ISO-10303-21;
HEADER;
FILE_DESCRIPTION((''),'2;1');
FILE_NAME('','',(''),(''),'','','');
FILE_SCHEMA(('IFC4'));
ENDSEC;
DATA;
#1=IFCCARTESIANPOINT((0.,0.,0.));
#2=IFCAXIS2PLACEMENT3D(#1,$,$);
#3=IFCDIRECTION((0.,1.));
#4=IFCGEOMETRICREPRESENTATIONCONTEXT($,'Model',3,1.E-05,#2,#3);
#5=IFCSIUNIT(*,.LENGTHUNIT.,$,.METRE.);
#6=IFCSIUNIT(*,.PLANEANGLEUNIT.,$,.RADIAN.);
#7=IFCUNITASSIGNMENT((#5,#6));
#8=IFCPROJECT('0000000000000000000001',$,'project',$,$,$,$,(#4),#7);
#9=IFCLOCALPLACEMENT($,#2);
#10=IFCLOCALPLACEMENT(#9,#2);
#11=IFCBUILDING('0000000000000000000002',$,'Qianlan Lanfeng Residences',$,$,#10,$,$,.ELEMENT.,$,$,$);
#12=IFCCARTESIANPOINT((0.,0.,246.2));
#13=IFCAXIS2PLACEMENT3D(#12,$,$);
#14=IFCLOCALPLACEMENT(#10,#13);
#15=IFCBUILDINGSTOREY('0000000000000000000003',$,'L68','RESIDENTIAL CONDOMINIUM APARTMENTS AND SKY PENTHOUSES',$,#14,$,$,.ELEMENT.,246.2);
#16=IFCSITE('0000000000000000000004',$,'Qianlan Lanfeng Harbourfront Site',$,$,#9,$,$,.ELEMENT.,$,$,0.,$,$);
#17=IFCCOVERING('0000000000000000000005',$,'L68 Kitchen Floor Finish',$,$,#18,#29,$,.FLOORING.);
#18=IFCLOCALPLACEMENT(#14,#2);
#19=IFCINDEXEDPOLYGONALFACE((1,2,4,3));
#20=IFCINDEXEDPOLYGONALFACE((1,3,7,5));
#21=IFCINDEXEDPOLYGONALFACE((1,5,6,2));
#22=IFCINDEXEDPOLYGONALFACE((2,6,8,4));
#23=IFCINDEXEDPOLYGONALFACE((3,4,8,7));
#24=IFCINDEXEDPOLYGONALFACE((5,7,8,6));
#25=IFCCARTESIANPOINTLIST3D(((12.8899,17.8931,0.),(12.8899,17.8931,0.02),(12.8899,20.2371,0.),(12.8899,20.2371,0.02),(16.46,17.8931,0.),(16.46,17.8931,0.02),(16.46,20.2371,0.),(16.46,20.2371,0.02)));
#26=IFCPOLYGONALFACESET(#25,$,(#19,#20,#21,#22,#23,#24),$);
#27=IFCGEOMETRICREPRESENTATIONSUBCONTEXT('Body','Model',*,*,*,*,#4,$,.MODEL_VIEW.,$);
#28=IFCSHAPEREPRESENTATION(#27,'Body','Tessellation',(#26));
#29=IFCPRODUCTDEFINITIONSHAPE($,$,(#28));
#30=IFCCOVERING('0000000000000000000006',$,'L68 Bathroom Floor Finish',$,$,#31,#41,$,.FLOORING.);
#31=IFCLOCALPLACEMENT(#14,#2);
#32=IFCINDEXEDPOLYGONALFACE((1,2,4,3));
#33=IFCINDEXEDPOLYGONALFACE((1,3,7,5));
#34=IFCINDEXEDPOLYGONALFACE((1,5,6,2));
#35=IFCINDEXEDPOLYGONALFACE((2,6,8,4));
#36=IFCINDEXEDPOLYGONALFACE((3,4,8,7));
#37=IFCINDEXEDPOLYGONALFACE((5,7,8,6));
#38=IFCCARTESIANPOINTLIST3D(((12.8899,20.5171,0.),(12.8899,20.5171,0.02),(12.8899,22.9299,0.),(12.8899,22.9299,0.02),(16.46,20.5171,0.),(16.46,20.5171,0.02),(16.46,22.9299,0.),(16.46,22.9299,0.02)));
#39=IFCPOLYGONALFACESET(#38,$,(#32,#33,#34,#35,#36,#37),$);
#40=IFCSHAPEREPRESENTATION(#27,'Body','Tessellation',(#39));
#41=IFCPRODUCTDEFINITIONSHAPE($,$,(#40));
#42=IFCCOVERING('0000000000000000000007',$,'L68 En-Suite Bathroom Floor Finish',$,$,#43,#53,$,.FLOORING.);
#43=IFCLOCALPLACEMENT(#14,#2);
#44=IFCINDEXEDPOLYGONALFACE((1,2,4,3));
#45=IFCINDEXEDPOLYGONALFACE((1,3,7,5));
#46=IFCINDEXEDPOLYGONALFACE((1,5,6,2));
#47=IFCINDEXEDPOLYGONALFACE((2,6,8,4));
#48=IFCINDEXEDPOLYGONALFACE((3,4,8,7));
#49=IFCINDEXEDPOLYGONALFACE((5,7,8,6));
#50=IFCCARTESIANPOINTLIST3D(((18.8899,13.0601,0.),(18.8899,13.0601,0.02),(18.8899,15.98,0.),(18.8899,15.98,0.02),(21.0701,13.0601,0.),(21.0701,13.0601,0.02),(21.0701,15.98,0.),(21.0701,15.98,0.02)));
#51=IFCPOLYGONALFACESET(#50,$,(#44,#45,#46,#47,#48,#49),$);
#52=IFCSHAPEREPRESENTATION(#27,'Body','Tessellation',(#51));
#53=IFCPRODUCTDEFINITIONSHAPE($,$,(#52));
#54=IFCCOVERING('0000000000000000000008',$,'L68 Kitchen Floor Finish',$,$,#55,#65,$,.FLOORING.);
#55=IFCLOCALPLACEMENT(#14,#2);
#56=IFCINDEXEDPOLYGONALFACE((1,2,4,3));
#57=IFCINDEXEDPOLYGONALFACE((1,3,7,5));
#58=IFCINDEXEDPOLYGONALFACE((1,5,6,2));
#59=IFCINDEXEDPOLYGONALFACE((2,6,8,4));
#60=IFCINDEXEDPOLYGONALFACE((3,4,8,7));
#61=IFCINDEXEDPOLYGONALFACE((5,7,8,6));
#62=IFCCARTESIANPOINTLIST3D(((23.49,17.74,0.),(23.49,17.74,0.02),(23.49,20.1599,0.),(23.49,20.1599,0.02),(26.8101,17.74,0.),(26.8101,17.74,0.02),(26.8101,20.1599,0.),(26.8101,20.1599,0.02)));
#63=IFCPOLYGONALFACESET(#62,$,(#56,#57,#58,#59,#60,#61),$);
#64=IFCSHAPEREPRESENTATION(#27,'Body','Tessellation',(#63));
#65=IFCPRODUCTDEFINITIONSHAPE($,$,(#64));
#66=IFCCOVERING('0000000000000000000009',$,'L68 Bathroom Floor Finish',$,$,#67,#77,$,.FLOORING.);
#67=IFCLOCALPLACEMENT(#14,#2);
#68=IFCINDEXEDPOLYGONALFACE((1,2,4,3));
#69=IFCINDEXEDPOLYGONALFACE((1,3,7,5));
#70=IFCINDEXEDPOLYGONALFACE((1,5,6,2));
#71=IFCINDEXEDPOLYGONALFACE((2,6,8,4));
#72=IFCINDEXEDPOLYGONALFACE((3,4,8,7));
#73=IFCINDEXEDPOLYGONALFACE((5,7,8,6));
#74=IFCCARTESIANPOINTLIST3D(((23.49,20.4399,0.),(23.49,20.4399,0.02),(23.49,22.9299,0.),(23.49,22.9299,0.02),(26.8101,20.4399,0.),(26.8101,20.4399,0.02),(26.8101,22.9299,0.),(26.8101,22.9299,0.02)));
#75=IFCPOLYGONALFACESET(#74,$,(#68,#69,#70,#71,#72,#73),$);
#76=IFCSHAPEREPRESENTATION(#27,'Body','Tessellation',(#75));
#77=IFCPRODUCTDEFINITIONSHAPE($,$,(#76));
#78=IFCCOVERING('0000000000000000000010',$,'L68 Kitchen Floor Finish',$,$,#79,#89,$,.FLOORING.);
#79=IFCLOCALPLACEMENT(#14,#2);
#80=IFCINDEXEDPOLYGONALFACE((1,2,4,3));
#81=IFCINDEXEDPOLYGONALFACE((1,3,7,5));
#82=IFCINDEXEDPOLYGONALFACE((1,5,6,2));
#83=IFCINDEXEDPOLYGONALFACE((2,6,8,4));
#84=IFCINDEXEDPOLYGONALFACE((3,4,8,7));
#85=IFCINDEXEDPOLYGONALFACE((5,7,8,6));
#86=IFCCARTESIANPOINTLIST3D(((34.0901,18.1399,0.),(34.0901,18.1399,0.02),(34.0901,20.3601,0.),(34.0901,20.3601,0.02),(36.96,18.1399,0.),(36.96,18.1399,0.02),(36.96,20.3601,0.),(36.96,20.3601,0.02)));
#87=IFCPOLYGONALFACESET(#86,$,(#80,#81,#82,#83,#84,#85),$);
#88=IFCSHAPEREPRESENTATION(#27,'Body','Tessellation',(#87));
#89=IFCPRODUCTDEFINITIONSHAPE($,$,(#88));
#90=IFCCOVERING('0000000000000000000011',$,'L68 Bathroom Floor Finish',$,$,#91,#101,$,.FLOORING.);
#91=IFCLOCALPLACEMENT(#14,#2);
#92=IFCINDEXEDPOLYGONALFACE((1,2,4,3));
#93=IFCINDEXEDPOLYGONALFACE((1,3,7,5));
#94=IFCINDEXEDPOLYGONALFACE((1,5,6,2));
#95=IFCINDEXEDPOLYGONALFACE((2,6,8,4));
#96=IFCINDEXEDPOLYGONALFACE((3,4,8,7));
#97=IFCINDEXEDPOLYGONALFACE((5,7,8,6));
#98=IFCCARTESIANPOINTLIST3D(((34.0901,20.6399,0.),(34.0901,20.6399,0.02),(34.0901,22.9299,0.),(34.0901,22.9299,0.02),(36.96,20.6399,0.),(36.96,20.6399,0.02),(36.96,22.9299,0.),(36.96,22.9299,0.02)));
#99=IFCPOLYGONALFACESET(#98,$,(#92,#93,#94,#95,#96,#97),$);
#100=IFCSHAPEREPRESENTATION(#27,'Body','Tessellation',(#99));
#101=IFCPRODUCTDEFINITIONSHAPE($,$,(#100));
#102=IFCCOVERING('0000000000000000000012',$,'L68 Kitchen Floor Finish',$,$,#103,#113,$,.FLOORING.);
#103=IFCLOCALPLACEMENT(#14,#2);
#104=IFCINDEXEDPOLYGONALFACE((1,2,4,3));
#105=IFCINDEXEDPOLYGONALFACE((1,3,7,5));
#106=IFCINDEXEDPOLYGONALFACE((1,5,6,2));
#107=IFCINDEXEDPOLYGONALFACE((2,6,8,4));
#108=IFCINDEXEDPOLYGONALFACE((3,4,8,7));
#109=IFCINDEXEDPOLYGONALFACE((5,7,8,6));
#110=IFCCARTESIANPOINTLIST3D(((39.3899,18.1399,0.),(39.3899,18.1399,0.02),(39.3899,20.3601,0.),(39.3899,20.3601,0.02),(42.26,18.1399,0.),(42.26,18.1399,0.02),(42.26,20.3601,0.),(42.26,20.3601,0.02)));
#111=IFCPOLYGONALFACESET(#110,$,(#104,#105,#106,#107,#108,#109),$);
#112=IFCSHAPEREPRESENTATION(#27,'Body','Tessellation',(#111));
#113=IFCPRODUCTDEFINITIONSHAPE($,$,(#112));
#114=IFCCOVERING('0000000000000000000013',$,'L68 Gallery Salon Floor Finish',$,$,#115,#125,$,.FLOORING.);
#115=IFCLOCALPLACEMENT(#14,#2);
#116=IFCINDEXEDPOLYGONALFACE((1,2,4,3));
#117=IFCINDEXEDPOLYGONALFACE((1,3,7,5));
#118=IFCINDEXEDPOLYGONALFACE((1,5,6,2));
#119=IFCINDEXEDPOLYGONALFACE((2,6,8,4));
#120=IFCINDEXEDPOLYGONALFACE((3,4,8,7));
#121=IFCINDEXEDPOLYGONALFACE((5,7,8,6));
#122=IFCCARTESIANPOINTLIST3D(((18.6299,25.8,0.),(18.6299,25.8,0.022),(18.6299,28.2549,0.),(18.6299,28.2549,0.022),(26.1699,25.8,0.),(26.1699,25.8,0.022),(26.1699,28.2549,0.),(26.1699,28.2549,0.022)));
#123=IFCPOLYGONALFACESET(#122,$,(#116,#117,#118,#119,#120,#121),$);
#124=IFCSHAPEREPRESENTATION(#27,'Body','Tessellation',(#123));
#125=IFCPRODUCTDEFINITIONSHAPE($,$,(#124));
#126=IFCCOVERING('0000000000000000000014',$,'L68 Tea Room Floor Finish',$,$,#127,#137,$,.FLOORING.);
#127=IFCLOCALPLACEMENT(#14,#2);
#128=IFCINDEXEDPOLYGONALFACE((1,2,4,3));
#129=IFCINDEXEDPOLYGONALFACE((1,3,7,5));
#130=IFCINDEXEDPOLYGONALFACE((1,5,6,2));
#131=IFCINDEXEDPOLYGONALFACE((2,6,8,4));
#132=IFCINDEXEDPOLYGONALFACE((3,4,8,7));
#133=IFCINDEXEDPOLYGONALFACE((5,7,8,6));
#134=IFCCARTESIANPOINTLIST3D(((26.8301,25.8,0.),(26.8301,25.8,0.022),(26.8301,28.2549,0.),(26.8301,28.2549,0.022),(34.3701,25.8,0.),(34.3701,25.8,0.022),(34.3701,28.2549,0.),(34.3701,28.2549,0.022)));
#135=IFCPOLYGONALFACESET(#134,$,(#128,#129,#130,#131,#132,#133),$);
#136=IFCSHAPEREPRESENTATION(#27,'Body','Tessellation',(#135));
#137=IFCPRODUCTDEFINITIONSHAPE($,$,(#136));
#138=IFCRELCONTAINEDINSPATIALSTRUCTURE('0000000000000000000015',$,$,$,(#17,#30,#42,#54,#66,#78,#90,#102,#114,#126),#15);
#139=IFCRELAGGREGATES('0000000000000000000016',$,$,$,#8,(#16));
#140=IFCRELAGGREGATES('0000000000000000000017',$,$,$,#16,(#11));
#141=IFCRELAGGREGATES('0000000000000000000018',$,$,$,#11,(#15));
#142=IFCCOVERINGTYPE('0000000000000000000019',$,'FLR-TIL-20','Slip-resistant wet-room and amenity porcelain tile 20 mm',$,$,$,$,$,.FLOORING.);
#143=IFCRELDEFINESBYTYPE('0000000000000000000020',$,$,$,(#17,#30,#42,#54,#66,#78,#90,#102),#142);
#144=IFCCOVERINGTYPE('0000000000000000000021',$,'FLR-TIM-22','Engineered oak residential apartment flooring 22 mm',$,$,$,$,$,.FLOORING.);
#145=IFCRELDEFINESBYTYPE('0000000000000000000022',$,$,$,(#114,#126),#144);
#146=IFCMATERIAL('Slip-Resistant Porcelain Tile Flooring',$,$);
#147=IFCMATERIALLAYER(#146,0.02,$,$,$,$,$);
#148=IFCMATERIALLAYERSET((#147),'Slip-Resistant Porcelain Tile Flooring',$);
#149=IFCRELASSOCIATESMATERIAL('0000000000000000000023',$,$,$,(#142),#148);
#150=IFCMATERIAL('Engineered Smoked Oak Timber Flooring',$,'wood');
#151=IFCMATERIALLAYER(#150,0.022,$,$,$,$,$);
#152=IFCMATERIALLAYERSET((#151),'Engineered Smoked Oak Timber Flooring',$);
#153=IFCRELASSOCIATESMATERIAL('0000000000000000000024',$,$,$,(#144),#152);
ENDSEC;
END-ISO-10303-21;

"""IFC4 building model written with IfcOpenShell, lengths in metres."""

from ifc_helpers import new_model, si_unit, direction, frame, origin, place, context, subcontext, project, spatial, polyline, outline, extrude, material, layer, layer_set, type_object, element, save


model = new_model("IFC4")

# Units and contexts
model_context = context("Model", 3, precision=1e-05, world=origin(), true_north=direction((0.0, 1.0)))
body_context = subcontext(model_context, "Body", "Model", "MODEL_VIEW")
ifc_project = project(units=[si_unit("LENGTHUNIT", "METRE"), si_unit("PLANEANGLEUNIT", "RADIAN")], contexts=[model_context])

# Site, building, storey
site_placement = place(None, origin())
site = spatial("IfcSite", under=ifc_project, at=site_placement, Name="Qianlan Lanfeng Harbourfront Site", CompositionType="ELEMENT", RefElevation=0.0)
building_placement = place(site_placement, origin())
building = spatial("IfcBuilding", under=site, at=building_placement, Name="Qianlan Lanfeng Residences", CompositionType="ELEMENT")
storey_placement = place(building_placement, frame((0.0, 0.0, 246.2)))
storey = spatial("IfcBuildingStorey", under=building, at=storey_placement, Name="L68", Description="RESIDENTIAL CONDOMINIUM APARTMENTS AND SKY PENTHOUSES", CompositionType="ELEMENT", Elevation=246.2)

# Coverings
ifc_material_1 = material(Name="Slip-Resistant Porcelain Tile Flooring")
ifc_layer_1 = layer(ifc_material_1, 0.02)
ifc_layer_set_1 = layer_set([ifc_layer_1], Name="Slip-Resistant Porcelain Tile Flooring")
covering_type_1 = type_object("IfcCoveringType", Name="FLR-TIL-20", Description="Slip-resistant wet-room and amenity porcelain tile 20 mm", PredefinedType="FLOORING", material=ifc_layer_set_1)
covering_1_placement = place(storey_placement, origin())
element("IfcCovering", 1, at=covering_1_placement, inside=storey, type_object=covering_type_1, Name="L68 Kitchen Floor Finish", PredefinedType="FLOORING", context=body_context, shape_type="SweptSolid", body=[
    extrude(outline(polyline([(12.8899, 17.8931), (16.46, 17.8931), (16.46, 20.2371), (12.8899, 20.2371), (12.8899, 17.8931)])), origin(), (0.0, 0.0, 1.0), 0.02),
])
covering_2_placement = place(storey_placement, origin())
element("IfcCovering", 2, at=covering_2_placement, inside=storey, type_object=covering_type_1, Name="L68 Bathroom Floor Finish", PredefinedType="FLOORING", context=body_context, shape_type="SweptSolid", body=[
    extrude(outline(polyline([(12.8899, 20.5171), (16.46, 20.5171), (16.46, 22.9299), (12.8899, 22.9299), (12.8899, 20.5171)])), origin(), (0.0, 0.0, 1.0), 0.02),
])
covering_3_placement = place(storey_placement, origin())
element("IfcCovering", 3, at=covering_3_placement, inside=storey, type_object=covering_type_1, Name="L68 En-Suite Bathroom Floor Finish", PredefinedType="FLOORING", context=body_context, shape_type="SweptSolid", body=[
    extrude(outline(polyline([(18.8899, 13.0601), (21.0701, 13.0601), (21.0701, 15.98), (18.8899, 15.98), (18.8899, 13.0601)])), origin(), (0.0, 0.0, 1.0), 0.02),
])
covering_4_placement = place(storey_placement, origin())
element("IfcCovering", 4, at=covering_4_placement, inside=storey, type_object=covering_type_1, Name="L68 Kitchen Floor Finish", PredefinedType="FLOORING", context=body_context, shape_type="SweptSolid", body=[
    extrude(outline(polyline([(23.49, 17.74), (26.8101, 17.74), (26.8101, 20.1599), (23.49, 20.1599), (23.49, 17.74)])), origin(), (0.0, 0.0, 1.0), 0.02),
])
covering_5_placement = place(storey_placement, origin())
element("IfcCovering", 5, at=covering_5_placement, inside=storey, type_object=covering_type_1, Name="L68 Bathroom Floor Finish", PredefinedType="FLOORING", context=body_context, shape_type="SweptSolid", body=[
    extrude(outline(polyline([(23.49, 20.4399), (26.8101, 20.4399), (26.8101, 22.9299), (23.49, 22.9299), (23.49, 20.4399)])), origin(), (0.0, 0.0, 1.0), 0.02),
])
covering_6_placement = place(storey_placement, origin())
element("IfcCovering", 6, at=covering_6_placement, inside=storey, type_object=covering_type_1, Name="L68 Kitchen Floor Finish", PredefinedType="FLOORING", context=body_context, shape_type="SweptSolid", body=[
    extrude(outline(polyline([(34.0901, 18.1399), (36.96, 18.1399), (36.96, 20.3601), (34.0901, 20.3601), (34.0901, 18.1399)])), origin(), (0.0, 0.0, 1.0), 0.02),
])
covering_7_placement = place(storey_placement, origin())
element("IfcCovering", 7, at=covering_7_placement, inside=storey, type_object=covering_type_1, Name="L68 Bathroom Floor Finish", PredefinedType="FLOORING", context=body_context, shape_type="SweptSolid", body=[
    extrude(outline(polyline([(34.0901, 20.6399), (36.96, 20.6399), (36.96, 22.9299), (34.0901, 22.9299), (34.0901, 20.6399)])), origin(), (0.0, 0.0, 1.0), 0.02),
])
covering_8_placement = place(storey_placement, origin())
element("IfcCovering", 8, at=covering_8_placement, inside=storey, type_object=covering_type_1, Name="L68 Kitchen Floor Finish", PredefinedType="FLOORING", context=body_context, shape_type="SweptSolid", body=[
    extrude(outline(polyline([(39.3899, 18.1399), (42.26, 18.1399), (42.26, 20.3601), (39.3899, 20.3601), (39.3899, 18.1399)])), origin(), (0.0, 0.0, 1.0), 0.02),
])
ifc_material_2 = material(Name="Engineered Smoked Oak Timber Flooring", Category="wood")
ifc_layer_2 = layer(ifc_material_2, 0.022)
ifc_layer_set_2 = layer_set([ifc_layer_2], Name="Engineered Smoked Oak Timber Flooring")
covering_type_2 = type_object("IfcCoveringType", Name="FLR-TIM-22", Description="Engineered oak residential apartment flooring 22 mm", PredefinedType="FLOORING", material=ifc_layer_set_2)
covering_9_placement = place(storey_placement, origin())
element("IfcCovering", 9, at=covering_9_placement, inside=storey, type_object=covering_type_2, Name="L68 Gallery Salon Floor Finish", PredefinedType="FLOORING", context=body_context, shape_type="SweptSolid", body=[
    extrude(outline(polyline([(18.6299, 25.8), (26.1699, 25.8), (26.1699, 28.2549), (18.6299, 28.2549), (18.6299, 25.8)])), origin(), (0.0, 0.0, 1.0), 0.022),
])
covering_10_placement = place(storey_placement, origin())
element("IfcCovering", 10, at=covering_10_placement, inside=storey, type_object=covering_type_2, Name="L68 Tea Room Floor Finish", PredefinedType="FLOORING", context=body_context, shape_type="SweptSolid", body=[
    extrude(outline(polyline([(26.8301, 25.8), (34.3701, 25.8), (34.3701, 28.2549), (26.8301, 28.2549), (26.8301, 25.8)])), origin(), (0.0, 0.0, 1.0), 0.022),
])

save(model, "model.ifc")
